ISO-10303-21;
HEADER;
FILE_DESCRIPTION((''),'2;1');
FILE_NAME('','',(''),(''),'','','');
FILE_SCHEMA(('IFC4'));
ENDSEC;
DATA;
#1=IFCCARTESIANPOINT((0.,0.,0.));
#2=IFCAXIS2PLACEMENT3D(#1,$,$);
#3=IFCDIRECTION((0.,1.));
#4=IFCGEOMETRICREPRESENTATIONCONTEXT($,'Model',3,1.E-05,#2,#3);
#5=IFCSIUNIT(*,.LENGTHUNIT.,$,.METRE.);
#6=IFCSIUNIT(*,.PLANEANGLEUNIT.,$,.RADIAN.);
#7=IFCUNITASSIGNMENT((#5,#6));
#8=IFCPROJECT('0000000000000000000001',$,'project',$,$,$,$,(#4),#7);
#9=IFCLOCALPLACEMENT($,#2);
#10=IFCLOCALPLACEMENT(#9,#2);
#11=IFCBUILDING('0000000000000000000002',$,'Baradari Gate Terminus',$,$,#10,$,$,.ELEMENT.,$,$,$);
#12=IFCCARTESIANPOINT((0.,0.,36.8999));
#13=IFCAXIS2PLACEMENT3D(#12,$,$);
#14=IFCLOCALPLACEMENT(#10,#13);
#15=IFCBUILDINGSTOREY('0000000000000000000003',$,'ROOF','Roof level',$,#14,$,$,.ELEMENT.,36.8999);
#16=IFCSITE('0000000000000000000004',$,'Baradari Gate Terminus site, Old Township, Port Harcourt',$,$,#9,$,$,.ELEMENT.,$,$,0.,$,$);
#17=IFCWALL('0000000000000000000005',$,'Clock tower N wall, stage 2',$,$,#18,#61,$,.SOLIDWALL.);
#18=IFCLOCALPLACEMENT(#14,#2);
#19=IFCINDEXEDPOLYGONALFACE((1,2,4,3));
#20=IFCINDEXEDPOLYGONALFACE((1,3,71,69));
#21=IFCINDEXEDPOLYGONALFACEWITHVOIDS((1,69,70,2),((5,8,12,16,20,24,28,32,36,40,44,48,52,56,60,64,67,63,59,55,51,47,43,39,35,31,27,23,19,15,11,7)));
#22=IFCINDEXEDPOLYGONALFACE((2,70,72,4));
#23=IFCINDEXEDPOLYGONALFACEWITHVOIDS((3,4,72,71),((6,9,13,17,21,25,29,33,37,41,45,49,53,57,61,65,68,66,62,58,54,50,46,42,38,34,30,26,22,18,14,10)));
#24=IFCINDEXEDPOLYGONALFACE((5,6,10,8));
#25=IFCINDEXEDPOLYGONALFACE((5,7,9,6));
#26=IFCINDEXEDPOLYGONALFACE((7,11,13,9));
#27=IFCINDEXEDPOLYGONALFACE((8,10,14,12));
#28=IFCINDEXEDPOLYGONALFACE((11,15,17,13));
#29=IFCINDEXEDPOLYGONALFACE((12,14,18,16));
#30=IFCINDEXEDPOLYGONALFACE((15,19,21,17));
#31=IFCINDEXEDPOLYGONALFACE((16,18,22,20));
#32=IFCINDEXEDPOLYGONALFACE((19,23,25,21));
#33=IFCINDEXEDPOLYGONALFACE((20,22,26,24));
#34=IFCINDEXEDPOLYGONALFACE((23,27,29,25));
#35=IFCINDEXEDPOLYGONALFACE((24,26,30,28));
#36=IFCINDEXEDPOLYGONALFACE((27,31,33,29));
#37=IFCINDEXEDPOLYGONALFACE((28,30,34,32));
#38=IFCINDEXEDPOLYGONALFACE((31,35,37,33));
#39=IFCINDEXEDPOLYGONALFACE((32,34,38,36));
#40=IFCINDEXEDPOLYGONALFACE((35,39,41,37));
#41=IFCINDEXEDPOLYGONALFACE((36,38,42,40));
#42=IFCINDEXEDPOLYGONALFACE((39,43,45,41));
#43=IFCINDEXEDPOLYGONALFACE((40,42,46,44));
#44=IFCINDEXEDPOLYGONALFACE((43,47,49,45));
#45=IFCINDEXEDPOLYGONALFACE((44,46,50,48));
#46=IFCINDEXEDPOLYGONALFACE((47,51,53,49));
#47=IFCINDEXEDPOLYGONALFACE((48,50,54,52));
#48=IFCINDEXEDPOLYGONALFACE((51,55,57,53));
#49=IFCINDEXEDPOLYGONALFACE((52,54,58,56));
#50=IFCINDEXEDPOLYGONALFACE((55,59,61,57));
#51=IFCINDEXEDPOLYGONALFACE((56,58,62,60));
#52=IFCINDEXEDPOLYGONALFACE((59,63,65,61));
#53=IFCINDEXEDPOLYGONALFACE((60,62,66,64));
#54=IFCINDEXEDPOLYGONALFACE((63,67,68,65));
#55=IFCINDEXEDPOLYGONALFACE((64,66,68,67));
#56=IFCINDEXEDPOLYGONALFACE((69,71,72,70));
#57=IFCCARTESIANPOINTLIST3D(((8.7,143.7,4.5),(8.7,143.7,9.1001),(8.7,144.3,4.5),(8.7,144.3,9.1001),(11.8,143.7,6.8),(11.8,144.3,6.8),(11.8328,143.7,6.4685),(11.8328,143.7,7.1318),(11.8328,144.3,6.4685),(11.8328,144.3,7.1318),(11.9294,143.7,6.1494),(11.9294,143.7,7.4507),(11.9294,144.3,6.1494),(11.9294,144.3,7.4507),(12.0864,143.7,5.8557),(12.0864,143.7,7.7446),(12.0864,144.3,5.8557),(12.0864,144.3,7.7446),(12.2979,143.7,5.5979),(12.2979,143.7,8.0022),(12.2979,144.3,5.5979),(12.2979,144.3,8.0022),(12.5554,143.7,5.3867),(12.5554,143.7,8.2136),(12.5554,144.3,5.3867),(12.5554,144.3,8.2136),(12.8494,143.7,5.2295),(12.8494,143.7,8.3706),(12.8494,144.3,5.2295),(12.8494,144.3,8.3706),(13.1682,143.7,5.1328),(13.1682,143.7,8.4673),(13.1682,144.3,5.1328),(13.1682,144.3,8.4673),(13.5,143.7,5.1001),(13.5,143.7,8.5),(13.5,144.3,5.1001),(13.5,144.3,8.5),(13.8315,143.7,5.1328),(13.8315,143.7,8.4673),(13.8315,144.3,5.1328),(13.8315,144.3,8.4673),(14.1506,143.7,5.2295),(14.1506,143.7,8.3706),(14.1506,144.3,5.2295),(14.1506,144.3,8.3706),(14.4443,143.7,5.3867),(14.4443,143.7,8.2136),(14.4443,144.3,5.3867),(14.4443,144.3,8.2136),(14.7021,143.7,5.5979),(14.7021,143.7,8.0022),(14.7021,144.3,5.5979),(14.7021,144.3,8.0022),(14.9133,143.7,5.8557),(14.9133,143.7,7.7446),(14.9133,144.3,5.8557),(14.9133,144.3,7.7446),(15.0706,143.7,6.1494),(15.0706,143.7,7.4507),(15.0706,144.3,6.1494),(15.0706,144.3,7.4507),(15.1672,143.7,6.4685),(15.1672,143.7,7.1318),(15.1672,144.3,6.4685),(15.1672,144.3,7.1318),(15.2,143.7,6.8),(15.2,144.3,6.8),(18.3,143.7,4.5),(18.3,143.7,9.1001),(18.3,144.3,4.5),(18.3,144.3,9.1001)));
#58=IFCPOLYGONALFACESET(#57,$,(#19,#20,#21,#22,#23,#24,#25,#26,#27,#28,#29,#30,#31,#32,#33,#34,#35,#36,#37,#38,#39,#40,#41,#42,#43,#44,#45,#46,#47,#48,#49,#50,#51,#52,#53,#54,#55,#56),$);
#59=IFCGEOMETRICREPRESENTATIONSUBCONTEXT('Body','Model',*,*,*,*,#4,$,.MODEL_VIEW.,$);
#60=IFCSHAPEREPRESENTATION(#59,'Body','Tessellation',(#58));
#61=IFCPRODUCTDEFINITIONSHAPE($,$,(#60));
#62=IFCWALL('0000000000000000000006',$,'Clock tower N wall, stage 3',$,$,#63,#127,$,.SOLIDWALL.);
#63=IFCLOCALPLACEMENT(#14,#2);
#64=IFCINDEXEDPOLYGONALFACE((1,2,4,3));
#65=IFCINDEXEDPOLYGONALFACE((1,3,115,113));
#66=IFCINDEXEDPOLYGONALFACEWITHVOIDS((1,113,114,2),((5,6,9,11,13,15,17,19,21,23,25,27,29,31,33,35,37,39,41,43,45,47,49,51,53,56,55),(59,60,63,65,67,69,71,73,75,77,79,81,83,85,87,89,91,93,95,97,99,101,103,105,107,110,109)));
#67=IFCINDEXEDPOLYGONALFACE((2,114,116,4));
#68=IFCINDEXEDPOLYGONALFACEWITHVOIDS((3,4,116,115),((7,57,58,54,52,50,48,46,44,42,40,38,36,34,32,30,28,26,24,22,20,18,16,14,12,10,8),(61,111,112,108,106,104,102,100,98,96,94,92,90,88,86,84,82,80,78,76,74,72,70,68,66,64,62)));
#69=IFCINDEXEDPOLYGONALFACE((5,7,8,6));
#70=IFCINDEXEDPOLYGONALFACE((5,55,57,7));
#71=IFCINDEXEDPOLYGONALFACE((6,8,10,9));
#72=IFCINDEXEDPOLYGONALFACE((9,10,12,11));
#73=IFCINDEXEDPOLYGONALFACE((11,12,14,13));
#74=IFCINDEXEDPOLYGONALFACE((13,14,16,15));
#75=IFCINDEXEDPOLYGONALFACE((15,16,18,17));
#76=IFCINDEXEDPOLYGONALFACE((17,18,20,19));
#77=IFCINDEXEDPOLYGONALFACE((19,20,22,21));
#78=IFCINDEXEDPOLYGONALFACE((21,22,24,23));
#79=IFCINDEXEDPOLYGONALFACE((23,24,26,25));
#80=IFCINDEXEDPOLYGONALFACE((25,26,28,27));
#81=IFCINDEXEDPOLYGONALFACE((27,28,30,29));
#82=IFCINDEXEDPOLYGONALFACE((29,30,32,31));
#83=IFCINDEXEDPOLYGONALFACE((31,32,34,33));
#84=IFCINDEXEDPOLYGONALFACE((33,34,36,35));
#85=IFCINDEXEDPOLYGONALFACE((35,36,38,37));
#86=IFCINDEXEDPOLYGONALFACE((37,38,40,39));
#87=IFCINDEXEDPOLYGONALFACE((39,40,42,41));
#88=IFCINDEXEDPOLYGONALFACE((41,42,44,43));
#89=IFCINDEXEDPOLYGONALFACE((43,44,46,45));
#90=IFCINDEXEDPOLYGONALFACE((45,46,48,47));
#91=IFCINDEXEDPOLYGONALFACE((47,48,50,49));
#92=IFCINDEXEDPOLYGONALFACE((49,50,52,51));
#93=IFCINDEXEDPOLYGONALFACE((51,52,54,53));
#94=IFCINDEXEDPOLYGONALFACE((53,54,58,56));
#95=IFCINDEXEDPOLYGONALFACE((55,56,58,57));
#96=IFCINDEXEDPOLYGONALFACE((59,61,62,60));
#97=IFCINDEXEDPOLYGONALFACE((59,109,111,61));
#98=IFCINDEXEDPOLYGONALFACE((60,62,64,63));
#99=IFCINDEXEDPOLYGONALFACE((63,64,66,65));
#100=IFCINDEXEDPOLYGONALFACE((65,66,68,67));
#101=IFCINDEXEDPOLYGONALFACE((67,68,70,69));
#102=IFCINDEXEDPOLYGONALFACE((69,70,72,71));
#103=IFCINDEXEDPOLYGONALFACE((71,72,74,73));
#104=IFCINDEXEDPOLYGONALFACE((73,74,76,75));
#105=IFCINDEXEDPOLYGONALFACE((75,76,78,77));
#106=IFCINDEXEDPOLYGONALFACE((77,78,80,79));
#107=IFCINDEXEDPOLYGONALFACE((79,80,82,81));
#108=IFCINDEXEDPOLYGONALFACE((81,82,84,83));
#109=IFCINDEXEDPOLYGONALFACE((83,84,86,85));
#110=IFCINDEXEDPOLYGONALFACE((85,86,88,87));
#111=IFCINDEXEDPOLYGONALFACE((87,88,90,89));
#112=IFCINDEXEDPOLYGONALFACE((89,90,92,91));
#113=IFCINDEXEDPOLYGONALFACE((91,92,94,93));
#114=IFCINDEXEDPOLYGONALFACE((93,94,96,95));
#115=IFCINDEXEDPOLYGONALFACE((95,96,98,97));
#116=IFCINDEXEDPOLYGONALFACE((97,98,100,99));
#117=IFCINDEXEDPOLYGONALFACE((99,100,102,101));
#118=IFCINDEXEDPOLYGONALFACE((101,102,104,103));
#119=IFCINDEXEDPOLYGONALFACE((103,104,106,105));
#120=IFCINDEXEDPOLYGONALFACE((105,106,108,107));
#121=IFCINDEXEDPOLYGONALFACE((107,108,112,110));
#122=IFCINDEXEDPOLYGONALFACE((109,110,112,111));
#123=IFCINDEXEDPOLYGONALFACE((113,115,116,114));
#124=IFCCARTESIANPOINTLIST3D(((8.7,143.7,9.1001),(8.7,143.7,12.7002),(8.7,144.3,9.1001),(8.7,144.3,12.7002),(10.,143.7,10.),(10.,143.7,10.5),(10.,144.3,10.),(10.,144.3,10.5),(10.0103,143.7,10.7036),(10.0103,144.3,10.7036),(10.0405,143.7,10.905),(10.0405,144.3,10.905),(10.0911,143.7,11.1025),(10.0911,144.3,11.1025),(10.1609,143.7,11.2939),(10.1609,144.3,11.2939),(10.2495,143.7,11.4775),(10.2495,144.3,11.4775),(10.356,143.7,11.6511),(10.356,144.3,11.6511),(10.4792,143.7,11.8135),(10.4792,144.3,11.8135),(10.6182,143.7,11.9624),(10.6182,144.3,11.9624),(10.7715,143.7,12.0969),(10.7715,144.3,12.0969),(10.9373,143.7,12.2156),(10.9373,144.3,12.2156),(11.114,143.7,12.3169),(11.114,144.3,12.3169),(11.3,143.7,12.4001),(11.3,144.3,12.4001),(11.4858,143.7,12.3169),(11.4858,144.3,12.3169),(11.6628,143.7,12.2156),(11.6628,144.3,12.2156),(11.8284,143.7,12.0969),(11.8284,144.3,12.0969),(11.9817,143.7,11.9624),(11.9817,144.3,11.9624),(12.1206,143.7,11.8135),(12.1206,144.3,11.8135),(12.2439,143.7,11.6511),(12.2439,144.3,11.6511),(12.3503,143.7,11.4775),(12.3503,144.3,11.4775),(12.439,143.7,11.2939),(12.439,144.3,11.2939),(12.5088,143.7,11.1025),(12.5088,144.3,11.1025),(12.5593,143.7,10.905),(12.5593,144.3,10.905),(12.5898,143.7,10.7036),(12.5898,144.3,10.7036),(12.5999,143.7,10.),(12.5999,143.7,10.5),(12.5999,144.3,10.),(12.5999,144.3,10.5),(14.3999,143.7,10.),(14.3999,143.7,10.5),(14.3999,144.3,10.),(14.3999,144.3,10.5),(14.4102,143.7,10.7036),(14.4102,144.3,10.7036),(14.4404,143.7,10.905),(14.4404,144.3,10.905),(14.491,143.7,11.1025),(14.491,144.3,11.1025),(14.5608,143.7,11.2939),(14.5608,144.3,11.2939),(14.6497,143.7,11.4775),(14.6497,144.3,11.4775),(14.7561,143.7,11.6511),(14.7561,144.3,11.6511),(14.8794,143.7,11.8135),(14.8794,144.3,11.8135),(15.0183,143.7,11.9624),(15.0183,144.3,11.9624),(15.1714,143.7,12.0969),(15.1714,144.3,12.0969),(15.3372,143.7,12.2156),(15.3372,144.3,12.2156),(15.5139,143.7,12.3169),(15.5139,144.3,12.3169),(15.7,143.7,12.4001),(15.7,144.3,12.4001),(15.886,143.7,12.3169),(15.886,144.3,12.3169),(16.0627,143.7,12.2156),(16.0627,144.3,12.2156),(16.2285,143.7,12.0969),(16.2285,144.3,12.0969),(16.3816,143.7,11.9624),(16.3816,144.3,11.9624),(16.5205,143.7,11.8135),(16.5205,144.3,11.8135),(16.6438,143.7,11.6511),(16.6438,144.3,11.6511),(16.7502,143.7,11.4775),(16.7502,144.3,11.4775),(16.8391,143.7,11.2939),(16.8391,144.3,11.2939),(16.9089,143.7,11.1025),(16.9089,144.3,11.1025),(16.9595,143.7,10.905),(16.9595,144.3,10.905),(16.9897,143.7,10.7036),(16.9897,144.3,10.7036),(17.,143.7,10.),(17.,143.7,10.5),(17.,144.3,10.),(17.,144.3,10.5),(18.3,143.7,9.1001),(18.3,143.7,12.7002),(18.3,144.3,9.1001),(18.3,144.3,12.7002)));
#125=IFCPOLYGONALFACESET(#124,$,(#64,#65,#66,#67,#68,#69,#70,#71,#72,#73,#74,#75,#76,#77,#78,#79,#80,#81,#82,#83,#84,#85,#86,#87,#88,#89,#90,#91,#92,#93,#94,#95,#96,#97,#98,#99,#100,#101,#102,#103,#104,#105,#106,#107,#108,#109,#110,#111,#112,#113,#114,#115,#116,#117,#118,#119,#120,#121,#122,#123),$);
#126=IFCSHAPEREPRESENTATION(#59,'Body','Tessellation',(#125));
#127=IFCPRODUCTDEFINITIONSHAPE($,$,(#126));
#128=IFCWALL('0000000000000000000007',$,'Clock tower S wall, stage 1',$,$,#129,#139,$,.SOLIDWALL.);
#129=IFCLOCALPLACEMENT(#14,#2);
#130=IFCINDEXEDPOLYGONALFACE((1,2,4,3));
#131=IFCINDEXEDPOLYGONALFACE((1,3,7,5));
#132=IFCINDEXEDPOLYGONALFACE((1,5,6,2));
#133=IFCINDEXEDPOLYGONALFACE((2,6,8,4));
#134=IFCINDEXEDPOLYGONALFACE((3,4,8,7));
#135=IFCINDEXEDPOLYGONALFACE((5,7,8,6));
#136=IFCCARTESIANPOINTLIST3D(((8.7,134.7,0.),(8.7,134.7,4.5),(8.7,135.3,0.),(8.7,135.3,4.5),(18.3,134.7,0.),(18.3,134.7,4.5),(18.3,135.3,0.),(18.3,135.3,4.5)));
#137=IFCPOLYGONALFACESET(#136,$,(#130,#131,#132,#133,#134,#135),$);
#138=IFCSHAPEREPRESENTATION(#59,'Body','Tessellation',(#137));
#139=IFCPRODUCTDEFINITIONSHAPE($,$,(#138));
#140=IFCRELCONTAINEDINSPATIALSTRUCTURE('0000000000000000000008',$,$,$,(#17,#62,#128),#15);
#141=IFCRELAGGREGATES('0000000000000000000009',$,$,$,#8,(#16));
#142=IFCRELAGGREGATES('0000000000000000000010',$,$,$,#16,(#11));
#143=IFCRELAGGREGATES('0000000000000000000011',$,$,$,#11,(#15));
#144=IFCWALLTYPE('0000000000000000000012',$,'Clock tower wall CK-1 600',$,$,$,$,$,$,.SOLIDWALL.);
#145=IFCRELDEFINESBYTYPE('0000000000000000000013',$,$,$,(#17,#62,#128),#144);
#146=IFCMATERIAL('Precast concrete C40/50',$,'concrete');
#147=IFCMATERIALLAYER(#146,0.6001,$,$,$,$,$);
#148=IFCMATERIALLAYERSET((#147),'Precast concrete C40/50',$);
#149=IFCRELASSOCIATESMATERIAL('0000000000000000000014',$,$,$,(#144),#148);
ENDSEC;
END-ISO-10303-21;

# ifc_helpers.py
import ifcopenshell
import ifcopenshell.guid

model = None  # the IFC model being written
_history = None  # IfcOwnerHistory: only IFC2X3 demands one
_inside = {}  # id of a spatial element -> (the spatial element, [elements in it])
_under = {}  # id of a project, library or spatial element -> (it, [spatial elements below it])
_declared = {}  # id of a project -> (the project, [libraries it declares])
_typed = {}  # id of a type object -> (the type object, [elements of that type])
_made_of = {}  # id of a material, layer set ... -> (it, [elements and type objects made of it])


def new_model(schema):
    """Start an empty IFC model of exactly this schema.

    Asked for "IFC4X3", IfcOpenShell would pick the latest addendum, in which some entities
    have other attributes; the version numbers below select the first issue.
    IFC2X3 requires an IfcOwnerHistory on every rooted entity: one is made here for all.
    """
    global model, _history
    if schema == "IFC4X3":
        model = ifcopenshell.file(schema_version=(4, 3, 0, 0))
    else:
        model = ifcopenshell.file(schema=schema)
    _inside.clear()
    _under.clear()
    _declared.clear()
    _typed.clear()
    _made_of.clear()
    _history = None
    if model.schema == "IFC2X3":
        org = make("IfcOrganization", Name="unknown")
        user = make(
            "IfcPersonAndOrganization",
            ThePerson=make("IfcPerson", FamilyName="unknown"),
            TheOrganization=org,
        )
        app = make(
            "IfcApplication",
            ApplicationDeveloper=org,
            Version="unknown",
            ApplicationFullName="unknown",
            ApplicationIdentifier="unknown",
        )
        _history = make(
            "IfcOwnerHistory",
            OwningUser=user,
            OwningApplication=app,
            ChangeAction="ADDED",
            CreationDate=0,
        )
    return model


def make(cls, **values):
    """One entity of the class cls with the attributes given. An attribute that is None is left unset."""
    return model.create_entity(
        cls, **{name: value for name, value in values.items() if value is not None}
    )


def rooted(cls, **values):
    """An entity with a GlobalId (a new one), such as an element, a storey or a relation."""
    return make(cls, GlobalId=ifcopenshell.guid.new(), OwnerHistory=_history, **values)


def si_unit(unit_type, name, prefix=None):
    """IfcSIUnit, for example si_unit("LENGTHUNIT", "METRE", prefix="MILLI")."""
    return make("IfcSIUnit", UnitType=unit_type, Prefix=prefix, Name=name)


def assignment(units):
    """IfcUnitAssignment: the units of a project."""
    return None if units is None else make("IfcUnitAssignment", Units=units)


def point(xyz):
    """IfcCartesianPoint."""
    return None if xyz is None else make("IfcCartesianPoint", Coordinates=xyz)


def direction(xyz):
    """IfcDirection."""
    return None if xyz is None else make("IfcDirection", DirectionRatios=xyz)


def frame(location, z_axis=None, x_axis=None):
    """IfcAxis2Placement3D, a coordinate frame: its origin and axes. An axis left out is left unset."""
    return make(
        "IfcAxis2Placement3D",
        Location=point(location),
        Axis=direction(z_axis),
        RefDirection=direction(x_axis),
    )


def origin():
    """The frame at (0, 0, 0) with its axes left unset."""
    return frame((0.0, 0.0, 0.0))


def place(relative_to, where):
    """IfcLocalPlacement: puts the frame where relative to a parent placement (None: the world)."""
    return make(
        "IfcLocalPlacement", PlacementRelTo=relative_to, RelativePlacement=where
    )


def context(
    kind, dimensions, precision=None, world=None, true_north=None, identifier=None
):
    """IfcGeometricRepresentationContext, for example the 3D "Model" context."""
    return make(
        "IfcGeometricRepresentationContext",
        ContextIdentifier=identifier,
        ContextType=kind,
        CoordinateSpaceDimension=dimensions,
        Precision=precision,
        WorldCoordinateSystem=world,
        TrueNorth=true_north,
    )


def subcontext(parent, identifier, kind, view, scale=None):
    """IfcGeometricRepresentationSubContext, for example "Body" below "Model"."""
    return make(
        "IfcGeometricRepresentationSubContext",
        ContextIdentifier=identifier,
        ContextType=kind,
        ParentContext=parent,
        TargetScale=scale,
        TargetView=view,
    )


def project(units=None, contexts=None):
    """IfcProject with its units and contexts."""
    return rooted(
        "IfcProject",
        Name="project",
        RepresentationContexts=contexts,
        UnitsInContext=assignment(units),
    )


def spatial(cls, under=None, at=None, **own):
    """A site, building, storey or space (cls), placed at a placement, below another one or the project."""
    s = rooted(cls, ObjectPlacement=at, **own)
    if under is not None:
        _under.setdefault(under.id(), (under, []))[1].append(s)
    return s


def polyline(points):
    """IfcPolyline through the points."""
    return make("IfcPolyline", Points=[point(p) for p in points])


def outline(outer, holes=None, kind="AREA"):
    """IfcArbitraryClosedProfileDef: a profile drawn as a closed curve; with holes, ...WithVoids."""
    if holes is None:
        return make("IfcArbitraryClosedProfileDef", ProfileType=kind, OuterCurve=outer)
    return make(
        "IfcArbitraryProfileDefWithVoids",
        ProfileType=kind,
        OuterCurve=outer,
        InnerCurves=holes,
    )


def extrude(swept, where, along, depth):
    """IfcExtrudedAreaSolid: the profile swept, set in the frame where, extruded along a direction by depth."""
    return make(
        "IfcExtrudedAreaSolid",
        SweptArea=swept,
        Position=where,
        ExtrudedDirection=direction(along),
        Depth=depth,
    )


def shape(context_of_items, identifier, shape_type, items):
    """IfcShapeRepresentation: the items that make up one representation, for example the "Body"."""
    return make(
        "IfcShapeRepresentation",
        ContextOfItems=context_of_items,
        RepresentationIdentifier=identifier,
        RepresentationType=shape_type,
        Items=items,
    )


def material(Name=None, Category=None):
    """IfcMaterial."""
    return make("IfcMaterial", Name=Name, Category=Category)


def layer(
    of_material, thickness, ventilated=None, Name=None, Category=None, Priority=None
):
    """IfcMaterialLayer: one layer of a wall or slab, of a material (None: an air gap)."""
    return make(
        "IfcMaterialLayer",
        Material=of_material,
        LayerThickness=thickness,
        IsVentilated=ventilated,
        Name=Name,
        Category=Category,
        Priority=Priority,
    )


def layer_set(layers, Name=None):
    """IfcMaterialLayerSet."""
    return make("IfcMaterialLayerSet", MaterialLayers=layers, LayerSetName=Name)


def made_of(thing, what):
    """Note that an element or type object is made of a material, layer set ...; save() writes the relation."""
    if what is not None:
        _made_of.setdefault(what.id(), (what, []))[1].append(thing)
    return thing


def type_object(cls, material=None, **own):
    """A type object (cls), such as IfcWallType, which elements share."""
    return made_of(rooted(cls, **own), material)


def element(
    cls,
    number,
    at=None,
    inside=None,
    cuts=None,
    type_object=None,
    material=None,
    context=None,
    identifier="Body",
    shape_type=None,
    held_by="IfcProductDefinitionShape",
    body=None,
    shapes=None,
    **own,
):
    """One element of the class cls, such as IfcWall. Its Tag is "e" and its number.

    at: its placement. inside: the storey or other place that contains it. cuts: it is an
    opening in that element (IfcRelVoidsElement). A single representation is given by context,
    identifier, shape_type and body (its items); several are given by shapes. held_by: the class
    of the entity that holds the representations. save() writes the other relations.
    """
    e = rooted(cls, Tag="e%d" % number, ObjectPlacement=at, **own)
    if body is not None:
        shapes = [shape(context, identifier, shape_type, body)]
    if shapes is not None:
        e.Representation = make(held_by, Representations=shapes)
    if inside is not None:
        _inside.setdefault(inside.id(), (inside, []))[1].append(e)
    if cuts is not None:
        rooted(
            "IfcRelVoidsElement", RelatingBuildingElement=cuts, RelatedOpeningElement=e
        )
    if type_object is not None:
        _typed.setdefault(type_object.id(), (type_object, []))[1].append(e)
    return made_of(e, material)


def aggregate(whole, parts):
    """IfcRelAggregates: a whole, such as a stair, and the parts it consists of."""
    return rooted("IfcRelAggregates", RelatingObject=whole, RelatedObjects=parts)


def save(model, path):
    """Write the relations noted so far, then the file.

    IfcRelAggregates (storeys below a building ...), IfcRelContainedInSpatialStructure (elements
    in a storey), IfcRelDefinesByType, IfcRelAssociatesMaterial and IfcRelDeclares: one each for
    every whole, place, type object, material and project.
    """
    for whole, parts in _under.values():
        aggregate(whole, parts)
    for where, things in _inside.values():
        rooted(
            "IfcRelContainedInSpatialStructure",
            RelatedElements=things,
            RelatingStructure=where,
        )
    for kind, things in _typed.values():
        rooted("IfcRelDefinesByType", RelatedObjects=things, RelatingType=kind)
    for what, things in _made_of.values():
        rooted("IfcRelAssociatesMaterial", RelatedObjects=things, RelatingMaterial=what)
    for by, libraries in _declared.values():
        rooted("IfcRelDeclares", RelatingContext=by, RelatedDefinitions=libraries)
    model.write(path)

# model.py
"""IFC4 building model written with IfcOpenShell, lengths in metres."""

from ifc_helpers import new_model, si_unit, direction, frame, origin, place, context, subcontext, project, spatial, polyline, outline, extrude, material, layer, layer_set, type_object, element, save


model = new_model("IFC4")

# Units and contexts
model_context = context("Model", 3, precision=1e-05, world=origin(), true_north=direction((0.0, 1.0)))
body_context = subcontext(model_context, "Body", "Model", "MODEL_VIEW")
ifc_project = project(units=[si_unit("LENGTHUNIT", "METRE"), si_unit("PLANEANGLEUNIT", "RADIAN")], contexts=[model_context])

# Site, building, storey
site_placement = place(None, origin())
site = spatial("IfcSite", under=ifc_project, at=site_placement, Name="Baradari Gate Terminus site, Old Township, Port Harcourt", CompositionType="ELEMENT", RefElevation=0.0)
building_placement = place(site_placement, origin())
building = spatial("IfcBuilding", under=site, at=building_placement, Name="Baradari Gate Terminus", CompositionType="ELEMENT")
storey_placement = place(building_placement, frame((0.0, 0.0, 36.8999)))
storey = spatial("IfcBuildingStorey", under=building, at=storey_placement, Name="ROOF", Description="Roof level", CompositionType="ELEMENT", Elevation=36.8999)

# Walls
ifc_material_1 = material(Name="Precast concrete C40/50", Category="concrete")
ifc_layer_1 = layer(ifc_material_1, 0.6001)
ifc_layer_set_1 = layer_set([ifc_layer_1], Name="Precast concrete C40/50")
wall_type_1 = type_object("IfcWallType", Name="Clock tower wall CK-1 600", PredefinedType="SOLIDWALL", material=ifc_layer_set_1)
wall_1_placement = place(storey_placement, frame((8.7, 144.0, 4.5), z_axis=(0.0, 0.0, 1.0), x_axis=(1.0, 0.0, 0.0)))
element("IfcWall", 1, at=wall_1_placement, inside=storey, type_object=wall_type_1, Name="Clock tower N wall, stage 2", PredefinedType="SOLIDWALL", context=body_context, shape_type="SweptSolid", body=[
    extrude(outline(polyline([(9.6001, 0.0), (9.6001, 4.6001), (0.0, 4.6001), (0.0, 0.0), (9.6001, 0.0)]), holes=[polyline([(6.4673, 1.9685), (6.3706, 1.6494), (6.2134, 1.3557), (6.0022, 1.0979), (5.7444, 0.8867), (5.4507, 0.7295), (5.1316, 0.6328), (4.8, 0.6001), (4.4683, 0.6328), (4.1494, 0.7295), (3.8555, 0.8867), (3.5979, 1.0979), (3.3865, 1.3557), (3.2295, 1.6494), (3.1328, 1.9685), (3.1001, 2.3), (3.1328, 2.6318), (3.2295, 2.9507), (3.3865, 3.2446), (3.5979, 3.5022), (3.8555, 3.7136), (4.1494, 3.8706), (4.4683, 3.9673), (4.8, 4.0), (5.1316, 3.9673), (5.4507, 3.8706), (5.7444, 3.7136), (6.0022, 3.5022), (6.2134, 3.2446), (6.3706, 2.9507), (6.4673, 2.6318), (6.5, 2.3), (6.4673, 1.9685)])]), frame((0.0, 0.3, 0.0), z_axis=(0.0, -1.0, 0.0), x_axis=(1.0, 0.0, 0.0)), (0.0, 0.0, 1.0), 0.6001),
])
wall_2_placement = place(storey_placement, frame((8.7, 144.0, 9.1001), z_axis=(0.0, 0.0, 1.0), x_axis=(1.0, 0.0, 0.0)))
element("IfcWall", 2, at=wall_2_placement, inside=storey, type_object=wall_type_1, Name="Clock tower N wall, stage 3", PredefinedType="SOLIDWALL", context=body_context, shape_type="SweptSolid", body=[
    extrude(outline(polyline([(9.6001, 0.0), (9.6001, 3.6001), (0.0, 3.6001), (0.0, 0.0), (9.6001, 0.0)]), holes=[polyline([(1.3, 0.8999), (1.3, 1.3999), (1.3103, 1.6035), (1.3406, 1.8049), (1.3911, 2.0024), (1.4609, 2.1938), (1.5496, 2.3774), (1.656, 2.551), (1.7793, 2.7134), (1.9182, 2.8623), (2.0715, 2.9968), (2.2373, 3.1155), (2.4141, 3.2168), (2.6001, 3.3), (2.7859, 3.2168), (2.9629, 3.1155), (3.1284, 2.9968), (3.2817, 2.8623), (3.4207, 2.7134), (3.5439, 2.551), (3.6504, 2.3774), (3.739, 2.1938), (3.8088, 2.0024), (3.8594, 1.8049), (3.8899, 1.6035), (3.8999, 1.3999), (3.8999, 0.8999), (1.3, 0.8999)]), polyline([(5.7, 0.8999), (5.7, 1.3999), (5.7102, 1.6035), (5.7405, 1.8049), (5.791, 2.0024), (5.8608, 2.1938), (5.9497, 2.3774), (6.0562, 2.551), (6.1794, 2.7134), (6.3184, 2.8623), (6.4714, 2.9968), (6.6372, 3.1155), (6.814, 3.2168), (7.0, 3.3), (7.186, 3.2168), (7.3628, 3.1155), (7.5286, 2.9968), (7.6816, 2.8623), (7.8206, 2.7134), (7.9438, 2.551), (8.0503, 2.3774), (8.1392, 2.1938), (8.209, 2.0024), (8.2595, 1.8049), (8.2898, 1.6035), (8.3, 1.3999), (8.3, 0.8999), (5.7, 0.8999)])]), frame((0.0, 0.3, 0.0), z_axis=(0.0, -1.0, 0.0), x_axis=(1.0, 0.0, 0.0)), (0.0, 0.0, 1.0), 0.6001),
])
wall_3_placement = place(storey_placement, frame((8.7, 135.0, 0.0), z_axis=(0.0, 0.0, 1.0), x_axis=(1.0, 0.0, 0.0)))
element("IfcWall", 3, at=wall_3_placement, inside=storey, type_object=wall_type_1, Name="Clock tower S wall, stage 1", PredefinedType="SOLIDWALL", context=body_context, shape_type="SweptSolid", body=[
    extrude(outline(polyline([(9.6001, 0.0), (9.6001, 4.5), (0.0, 4.5), (0.0, 0.0), (9.6001, 0.0)])), frame((0.0, 0.3, 0.0), z_axis=(0.0, -1.0, 0.0), x_axis=(1.0, 0.0, 0.0)), (0.0, 0.0, 1.0), 0.6001),
])

save(model, "model.ifc")
